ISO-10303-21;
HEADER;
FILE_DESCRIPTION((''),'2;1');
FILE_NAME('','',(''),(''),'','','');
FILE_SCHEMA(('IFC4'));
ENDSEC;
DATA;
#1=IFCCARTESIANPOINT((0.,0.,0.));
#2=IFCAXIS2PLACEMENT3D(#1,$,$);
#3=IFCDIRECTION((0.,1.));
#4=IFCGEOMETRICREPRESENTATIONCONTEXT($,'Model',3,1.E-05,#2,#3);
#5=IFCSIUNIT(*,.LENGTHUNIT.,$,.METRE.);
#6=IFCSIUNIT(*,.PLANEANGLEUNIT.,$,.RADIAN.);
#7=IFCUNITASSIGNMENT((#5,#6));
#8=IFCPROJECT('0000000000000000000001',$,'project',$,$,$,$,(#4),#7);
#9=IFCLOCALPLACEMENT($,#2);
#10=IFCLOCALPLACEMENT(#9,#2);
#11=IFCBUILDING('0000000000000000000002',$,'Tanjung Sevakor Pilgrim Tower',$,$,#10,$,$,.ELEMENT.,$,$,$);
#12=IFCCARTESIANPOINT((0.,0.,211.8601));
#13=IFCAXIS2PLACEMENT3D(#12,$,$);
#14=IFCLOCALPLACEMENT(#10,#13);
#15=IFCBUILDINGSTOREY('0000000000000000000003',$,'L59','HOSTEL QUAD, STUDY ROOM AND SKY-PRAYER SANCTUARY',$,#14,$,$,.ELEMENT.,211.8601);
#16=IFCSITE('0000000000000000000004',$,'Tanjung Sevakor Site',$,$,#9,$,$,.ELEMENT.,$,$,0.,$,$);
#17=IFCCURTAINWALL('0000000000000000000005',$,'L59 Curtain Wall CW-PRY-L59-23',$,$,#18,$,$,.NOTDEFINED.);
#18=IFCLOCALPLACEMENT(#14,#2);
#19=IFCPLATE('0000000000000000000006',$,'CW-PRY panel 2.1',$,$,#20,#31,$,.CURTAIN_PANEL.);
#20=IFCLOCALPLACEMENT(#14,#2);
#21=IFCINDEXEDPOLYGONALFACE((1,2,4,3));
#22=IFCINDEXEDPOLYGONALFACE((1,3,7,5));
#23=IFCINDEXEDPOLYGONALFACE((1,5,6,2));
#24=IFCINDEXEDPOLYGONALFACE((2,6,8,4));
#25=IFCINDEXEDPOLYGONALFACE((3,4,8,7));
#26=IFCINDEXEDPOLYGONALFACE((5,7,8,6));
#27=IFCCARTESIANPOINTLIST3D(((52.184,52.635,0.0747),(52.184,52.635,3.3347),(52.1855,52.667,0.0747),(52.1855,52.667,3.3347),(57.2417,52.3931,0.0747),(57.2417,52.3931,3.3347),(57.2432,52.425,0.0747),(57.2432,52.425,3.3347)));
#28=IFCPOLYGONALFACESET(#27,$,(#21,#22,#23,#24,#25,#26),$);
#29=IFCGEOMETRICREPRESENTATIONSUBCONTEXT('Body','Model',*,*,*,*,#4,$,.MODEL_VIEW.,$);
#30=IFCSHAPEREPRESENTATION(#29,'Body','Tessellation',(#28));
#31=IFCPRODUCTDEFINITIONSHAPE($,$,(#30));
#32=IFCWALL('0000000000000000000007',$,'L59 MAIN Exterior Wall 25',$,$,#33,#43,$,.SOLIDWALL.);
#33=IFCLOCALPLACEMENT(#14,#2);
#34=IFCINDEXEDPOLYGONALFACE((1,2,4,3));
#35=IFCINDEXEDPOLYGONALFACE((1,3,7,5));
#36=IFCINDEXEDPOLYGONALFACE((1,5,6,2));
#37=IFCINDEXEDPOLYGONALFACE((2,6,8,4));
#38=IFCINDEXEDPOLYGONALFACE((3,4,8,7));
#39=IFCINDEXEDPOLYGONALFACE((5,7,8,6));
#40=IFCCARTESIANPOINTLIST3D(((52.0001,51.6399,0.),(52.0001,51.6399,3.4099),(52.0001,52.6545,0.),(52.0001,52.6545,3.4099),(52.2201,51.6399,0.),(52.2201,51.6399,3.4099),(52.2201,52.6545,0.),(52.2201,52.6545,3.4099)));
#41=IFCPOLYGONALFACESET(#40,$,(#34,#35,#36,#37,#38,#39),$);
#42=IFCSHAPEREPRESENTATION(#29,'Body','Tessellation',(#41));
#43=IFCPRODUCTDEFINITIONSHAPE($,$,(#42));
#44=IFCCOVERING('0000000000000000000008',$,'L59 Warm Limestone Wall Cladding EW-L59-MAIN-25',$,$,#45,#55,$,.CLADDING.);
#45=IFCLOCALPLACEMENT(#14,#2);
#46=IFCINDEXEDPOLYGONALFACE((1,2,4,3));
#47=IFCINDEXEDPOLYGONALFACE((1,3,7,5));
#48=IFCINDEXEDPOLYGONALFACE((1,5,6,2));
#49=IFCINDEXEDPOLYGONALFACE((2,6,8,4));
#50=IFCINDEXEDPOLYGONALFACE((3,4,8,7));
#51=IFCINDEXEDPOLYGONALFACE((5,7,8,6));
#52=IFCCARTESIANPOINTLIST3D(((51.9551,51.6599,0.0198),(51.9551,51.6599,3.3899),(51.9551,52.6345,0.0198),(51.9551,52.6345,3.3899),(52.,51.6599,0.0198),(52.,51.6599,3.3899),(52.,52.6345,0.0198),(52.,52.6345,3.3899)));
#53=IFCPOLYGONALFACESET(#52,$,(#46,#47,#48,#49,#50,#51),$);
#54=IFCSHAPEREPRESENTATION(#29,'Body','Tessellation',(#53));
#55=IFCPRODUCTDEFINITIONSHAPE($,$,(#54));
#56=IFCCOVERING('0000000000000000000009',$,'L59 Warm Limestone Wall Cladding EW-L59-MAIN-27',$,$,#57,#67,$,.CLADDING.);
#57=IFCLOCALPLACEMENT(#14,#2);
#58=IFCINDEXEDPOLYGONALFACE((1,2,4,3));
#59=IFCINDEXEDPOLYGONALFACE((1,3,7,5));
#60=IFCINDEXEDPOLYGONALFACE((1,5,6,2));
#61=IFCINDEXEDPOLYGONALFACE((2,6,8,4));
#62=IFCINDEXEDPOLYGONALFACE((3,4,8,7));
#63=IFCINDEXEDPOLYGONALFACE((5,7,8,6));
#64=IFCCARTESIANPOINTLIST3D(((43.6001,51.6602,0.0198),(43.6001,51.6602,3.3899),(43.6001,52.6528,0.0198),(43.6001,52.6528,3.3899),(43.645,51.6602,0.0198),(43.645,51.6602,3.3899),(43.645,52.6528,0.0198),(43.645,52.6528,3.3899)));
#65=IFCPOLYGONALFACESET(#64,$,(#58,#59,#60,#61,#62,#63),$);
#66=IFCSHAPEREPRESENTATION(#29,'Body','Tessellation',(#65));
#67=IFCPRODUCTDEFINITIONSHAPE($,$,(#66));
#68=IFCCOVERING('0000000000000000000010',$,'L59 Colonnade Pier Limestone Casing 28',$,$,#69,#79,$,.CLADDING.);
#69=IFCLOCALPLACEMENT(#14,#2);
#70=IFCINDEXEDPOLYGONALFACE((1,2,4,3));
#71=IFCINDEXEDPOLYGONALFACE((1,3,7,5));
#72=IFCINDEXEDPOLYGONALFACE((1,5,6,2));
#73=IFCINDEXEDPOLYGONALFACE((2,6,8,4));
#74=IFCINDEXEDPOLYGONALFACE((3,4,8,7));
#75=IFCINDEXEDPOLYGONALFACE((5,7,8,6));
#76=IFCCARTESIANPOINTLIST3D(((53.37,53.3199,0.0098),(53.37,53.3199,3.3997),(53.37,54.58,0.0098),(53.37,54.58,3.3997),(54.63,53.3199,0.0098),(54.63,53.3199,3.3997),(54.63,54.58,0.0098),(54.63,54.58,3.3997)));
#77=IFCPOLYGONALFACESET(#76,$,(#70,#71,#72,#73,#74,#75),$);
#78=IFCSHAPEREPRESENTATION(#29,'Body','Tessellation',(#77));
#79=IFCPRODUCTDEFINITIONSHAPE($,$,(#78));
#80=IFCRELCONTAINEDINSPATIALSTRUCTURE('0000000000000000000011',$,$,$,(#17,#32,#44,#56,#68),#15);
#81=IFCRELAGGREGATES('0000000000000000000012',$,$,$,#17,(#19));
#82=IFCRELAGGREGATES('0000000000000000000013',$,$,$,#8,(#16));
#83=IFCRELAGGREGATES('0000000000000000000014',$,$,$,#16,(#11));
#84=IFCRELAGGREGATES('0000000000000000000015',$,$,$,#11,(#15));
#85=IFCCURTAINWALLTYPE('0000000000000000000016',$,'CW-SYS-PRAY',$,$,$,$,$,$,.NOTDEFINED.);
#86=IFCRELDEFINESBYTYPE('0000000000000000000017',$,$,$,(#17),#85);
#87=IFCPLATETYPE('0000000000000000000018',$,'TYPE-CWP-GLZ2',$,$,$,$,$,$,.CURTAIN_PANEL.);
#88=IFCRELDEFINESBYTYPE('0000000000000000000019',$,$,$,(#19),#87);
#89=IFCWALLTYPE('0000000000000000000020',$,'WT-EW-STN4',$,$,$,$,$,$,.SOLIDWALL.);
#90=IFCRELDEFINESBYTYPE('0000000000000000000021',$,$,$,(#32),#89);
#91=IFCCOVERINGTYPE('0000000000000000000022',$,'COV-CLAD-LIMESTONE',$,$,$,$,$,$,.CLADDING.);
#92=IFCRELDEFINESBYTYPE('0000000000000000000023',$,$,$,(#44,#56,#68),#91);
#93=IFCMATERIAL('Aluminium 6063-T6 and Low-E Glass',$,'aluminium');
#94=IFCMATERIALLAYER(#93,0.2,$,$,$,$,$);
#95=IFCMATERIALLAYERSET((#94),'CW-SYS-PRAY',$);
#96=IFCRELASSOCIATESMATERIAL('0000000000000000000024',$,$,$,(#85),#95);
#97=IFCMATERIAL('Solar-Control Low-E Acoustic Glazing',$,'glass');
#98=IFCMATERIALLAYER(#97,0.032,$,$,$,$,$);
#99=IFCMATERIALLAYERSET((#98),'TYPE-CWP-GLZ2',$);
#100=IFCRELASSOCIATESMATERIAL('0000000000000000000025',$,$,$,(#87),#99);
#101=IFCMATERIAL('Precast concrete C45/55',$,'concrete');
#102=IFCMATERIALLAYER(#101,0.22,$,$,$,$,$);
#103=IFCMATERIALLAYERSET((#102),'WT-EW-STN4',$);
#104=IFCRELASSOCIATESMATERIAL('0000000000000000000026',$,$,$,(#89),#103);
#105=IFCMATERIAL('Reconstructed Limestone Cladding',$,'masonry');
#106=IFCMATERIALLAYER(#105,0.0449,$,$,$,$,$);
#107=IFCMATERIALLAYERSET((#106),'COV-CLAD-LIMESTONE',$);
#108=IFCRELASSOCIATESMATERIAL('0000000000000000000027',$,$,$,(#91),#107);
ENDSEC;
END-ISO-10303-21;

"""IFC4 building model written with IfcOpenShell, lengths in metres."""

from ifc_helpers import new_model, si_unit, direction, frame, frame_2d, origin, origin_2d, place, context, subcontext, project, spatial, rectangle, extrude, material, layer, layer_set, type_object, element, aggregate, save


model = new_model("IFC4")

# Units and contexts
model_context = context("Model", 3, precision=1e-05, world=origin(), true_north=direction((0.0, 1.0)))
body_context = subcontext(model_context, "Body", "Model", "MODEL_VIEW")
ifc_project = project(units=[si_unit("LENGTHUNIT", "METRE"), si_unit("PLANEANGLEUNIT", "RADIAN")], contexts=[model_context])

# Site, building, storey
site_placement = place(None, origin())
site = spatial("IfcSite", under=ifc_project, at=site_placement, Name="Tanjung Sevakor Site", CompositionType="ELEMENT", RefElevation=0.0)
building_placement = place(site_placement, origin())
building = spatial("IfcBuilding", under=site, at=building_placement, Name="Tanjung Sevakor Pilgrim Tower", CompositionType="ELEMENT")
storey_placement = place(building_placement, frame((0.0, 0.0, 211.8601)))
storey = spatial("IfcBuildingStorey", under=building, at=storey_placement, Name="L59", Description="HOSTEL QUAD, STUDY ROOM AND SKY-PRAYER SANCTUARY", CompositionType="ELEMENT", Elevation=211.8601)

# Curtain wall
ifc_material_1 = material(Name="Aluminium 6063-T6 and Low-E Glass", Category="aluminium")
ifc_layer_1 = layer(ifc_material_1, 0.2)
ifc_layer_set_1 = layer_set([ifc_layer_1], Name="CW-SYS-PRAY")
curtain_wall_type_1 = type_object("IfcCurtainWallType", Name="CW-SYS-PRAY", PredefinedType="NOTDEFINED", material=ifc_layer_set_1)
curtain_wall_1_placement = place(storey_placement, origin())
curtain_wall_1 = element("IfcCurtainWall", 1, at=curtain_wall_1_placement, inside=storey, type_object=curtain_wall_type_1, Name="L59 Curtain Wall CW-PRY-L59-23", PredefinedType="NOTDEFINED")

# Plate
ifc_material_2 = material(Name="Solar-Control Low-E Acoustic Glazing", Category="glass")
ifc_layer_2 = layer(ifc_material_2, 0.032)
ifc_layer_set_2 = layer_set([ifc_layer_2], Name="TYPE-CWP-GLZ2")
plate_type_1 = type_object("IfcPlateType", Name="TYPE-CWP-GLZ2", PredefinedType="CURTAIN_PANEL", material=ifc_layer_set_2)
plate_1_placement = place(storey_placement, frame((54.7136, 52.53, 0.0747), z_axis=(0.0, 0.0, 1.0), x_axis=(-0.998857, 0.047789, 0.0)))
plate_1 = element("IfcPlate", 2, at=plate_1_placement, type_object=plate_type_1, Name="CW-PRY panel 2.1", PredefinedType="CURTAIN_PANEL", context=body_context, shape_type="SweptSolid", body=[
    extrude(rectangle(XDim=5.0635, YDim=0.032, at=origin_2d()), origin(), (0.0, 0.0, 1.0), 3.26),
])
aggregate(curtain_wall_1, [plate_1])

# Wall
ifc_material_3 = material(Name="Precast concrete C45/55", Category="concrete")
ifc_layer_3 = layer(ifc_material_3, 0.22)
ifc_layer_set_3 = layer_set([ifc_layer_3], Name="WT-EW-STN4")
wall_type = type_object("IfcWallType", Name="WT-EW-STN4", PredefinedType="SOLIDWALL", material=ifc_layer_set_3)
wall_placement = place(storey_placement, frame((52.1101, 52.6545, 0.0), z_axis=(0.0, 0.0, 1.0), x_axis=(0.0, -1.0, 0.0)))
element("IfcWall", 3, at=wall_placement, inside=storey, type_object=wall_type, Name="L59 MAIN Exterior Wall 25", PredefinedType="SOLIDWALL", context=body_context, shape_type="SweptSolid", body=[
    extrude(rectangle(XDim=1.0146, YDim=0.22, at=frame_2d((0.5073, 0.0))), origin(), (0.0, 0.0, 1.0), 3.4099),
])

# Coverings
ifc_material_4 = material(Name="Reconstructed Limestone Cladding", Category="masonry")
ifc_layer_4 = layer(ifc_material_4, 0.0449)
ifc_layer_set_4 = layer_set([ifc_layer_4], Name="COV-CLAD-LIMESTONE")
covering_type = type_object("IfcCoveringType", Name="COV-CLAD-LIMESTONE", PredefinedType="CLADDING", material=ifc_layer_set_4)
covering_1_placement = place(storey_placement, frame((51.9775, 52.1472, 0.0198), z_axis=(0.0, 0.0, 1.0), x_axis=(0.0, -1.0, 0.0)))
element("IfcCovering", 4, at=covering_1_placement, inside=storey, type_object=covering_type, Name="L59 Warm Limestone Wall Cladding EW-L59-MAIN-25", PredefinedType="CLADDING", context=body_context, shape_type="SweptSolid", body=[
    extrude(rectangle(XDim=0.9746, YDim=0.0449, at=origin_2d()), origin(), (0.0, 0.0, 1.0), 3.3701),
])
covering_2_placement = place(storey_placement, frame((43.6226, 52.1565, 0.0198), z_axis=(0.0, 0.0, 1.0), x_axis=(0.0, 1.0, 0.0)))
element("IfcCovering", 5, at=covering_2_placement, inside=storey, type_object=covering_type, Name="L59 Warm Limestone Wall Cladding EW-L59-MAIN-27", PredefinedType="CLADDING", context=body_context, shape_type="SweptSolid", body=[
    extrude(rectangle(XDim=0.9927, YDim=0.0449, at=origin_2d()), origin(), (0.0, 0.0, 1.0), 3.3701),
])
covering_3_placement = place(storey_placement, frame((54.0, 53.95, 0.0098), z_axis=(0.0, 0.0, 1.0), x_axis=(1.0, 0.0, 0.0)))
element("IfcCovering", 6, at=covering_3_placement, inside=storey, type_object=covering_type, Name="L59 Colonnade Pier Limestone Casing 28", PredefinedType="CLADDING", context=body_context, shape_type="SweptSolid", body=[
    extrude(rectangle(XDim=1.26, YDim=1.26, at=origin_2d()), origin(), (0.0, 0.0, 1.0), 3.3899),
])

save(model, "model.ifc")
